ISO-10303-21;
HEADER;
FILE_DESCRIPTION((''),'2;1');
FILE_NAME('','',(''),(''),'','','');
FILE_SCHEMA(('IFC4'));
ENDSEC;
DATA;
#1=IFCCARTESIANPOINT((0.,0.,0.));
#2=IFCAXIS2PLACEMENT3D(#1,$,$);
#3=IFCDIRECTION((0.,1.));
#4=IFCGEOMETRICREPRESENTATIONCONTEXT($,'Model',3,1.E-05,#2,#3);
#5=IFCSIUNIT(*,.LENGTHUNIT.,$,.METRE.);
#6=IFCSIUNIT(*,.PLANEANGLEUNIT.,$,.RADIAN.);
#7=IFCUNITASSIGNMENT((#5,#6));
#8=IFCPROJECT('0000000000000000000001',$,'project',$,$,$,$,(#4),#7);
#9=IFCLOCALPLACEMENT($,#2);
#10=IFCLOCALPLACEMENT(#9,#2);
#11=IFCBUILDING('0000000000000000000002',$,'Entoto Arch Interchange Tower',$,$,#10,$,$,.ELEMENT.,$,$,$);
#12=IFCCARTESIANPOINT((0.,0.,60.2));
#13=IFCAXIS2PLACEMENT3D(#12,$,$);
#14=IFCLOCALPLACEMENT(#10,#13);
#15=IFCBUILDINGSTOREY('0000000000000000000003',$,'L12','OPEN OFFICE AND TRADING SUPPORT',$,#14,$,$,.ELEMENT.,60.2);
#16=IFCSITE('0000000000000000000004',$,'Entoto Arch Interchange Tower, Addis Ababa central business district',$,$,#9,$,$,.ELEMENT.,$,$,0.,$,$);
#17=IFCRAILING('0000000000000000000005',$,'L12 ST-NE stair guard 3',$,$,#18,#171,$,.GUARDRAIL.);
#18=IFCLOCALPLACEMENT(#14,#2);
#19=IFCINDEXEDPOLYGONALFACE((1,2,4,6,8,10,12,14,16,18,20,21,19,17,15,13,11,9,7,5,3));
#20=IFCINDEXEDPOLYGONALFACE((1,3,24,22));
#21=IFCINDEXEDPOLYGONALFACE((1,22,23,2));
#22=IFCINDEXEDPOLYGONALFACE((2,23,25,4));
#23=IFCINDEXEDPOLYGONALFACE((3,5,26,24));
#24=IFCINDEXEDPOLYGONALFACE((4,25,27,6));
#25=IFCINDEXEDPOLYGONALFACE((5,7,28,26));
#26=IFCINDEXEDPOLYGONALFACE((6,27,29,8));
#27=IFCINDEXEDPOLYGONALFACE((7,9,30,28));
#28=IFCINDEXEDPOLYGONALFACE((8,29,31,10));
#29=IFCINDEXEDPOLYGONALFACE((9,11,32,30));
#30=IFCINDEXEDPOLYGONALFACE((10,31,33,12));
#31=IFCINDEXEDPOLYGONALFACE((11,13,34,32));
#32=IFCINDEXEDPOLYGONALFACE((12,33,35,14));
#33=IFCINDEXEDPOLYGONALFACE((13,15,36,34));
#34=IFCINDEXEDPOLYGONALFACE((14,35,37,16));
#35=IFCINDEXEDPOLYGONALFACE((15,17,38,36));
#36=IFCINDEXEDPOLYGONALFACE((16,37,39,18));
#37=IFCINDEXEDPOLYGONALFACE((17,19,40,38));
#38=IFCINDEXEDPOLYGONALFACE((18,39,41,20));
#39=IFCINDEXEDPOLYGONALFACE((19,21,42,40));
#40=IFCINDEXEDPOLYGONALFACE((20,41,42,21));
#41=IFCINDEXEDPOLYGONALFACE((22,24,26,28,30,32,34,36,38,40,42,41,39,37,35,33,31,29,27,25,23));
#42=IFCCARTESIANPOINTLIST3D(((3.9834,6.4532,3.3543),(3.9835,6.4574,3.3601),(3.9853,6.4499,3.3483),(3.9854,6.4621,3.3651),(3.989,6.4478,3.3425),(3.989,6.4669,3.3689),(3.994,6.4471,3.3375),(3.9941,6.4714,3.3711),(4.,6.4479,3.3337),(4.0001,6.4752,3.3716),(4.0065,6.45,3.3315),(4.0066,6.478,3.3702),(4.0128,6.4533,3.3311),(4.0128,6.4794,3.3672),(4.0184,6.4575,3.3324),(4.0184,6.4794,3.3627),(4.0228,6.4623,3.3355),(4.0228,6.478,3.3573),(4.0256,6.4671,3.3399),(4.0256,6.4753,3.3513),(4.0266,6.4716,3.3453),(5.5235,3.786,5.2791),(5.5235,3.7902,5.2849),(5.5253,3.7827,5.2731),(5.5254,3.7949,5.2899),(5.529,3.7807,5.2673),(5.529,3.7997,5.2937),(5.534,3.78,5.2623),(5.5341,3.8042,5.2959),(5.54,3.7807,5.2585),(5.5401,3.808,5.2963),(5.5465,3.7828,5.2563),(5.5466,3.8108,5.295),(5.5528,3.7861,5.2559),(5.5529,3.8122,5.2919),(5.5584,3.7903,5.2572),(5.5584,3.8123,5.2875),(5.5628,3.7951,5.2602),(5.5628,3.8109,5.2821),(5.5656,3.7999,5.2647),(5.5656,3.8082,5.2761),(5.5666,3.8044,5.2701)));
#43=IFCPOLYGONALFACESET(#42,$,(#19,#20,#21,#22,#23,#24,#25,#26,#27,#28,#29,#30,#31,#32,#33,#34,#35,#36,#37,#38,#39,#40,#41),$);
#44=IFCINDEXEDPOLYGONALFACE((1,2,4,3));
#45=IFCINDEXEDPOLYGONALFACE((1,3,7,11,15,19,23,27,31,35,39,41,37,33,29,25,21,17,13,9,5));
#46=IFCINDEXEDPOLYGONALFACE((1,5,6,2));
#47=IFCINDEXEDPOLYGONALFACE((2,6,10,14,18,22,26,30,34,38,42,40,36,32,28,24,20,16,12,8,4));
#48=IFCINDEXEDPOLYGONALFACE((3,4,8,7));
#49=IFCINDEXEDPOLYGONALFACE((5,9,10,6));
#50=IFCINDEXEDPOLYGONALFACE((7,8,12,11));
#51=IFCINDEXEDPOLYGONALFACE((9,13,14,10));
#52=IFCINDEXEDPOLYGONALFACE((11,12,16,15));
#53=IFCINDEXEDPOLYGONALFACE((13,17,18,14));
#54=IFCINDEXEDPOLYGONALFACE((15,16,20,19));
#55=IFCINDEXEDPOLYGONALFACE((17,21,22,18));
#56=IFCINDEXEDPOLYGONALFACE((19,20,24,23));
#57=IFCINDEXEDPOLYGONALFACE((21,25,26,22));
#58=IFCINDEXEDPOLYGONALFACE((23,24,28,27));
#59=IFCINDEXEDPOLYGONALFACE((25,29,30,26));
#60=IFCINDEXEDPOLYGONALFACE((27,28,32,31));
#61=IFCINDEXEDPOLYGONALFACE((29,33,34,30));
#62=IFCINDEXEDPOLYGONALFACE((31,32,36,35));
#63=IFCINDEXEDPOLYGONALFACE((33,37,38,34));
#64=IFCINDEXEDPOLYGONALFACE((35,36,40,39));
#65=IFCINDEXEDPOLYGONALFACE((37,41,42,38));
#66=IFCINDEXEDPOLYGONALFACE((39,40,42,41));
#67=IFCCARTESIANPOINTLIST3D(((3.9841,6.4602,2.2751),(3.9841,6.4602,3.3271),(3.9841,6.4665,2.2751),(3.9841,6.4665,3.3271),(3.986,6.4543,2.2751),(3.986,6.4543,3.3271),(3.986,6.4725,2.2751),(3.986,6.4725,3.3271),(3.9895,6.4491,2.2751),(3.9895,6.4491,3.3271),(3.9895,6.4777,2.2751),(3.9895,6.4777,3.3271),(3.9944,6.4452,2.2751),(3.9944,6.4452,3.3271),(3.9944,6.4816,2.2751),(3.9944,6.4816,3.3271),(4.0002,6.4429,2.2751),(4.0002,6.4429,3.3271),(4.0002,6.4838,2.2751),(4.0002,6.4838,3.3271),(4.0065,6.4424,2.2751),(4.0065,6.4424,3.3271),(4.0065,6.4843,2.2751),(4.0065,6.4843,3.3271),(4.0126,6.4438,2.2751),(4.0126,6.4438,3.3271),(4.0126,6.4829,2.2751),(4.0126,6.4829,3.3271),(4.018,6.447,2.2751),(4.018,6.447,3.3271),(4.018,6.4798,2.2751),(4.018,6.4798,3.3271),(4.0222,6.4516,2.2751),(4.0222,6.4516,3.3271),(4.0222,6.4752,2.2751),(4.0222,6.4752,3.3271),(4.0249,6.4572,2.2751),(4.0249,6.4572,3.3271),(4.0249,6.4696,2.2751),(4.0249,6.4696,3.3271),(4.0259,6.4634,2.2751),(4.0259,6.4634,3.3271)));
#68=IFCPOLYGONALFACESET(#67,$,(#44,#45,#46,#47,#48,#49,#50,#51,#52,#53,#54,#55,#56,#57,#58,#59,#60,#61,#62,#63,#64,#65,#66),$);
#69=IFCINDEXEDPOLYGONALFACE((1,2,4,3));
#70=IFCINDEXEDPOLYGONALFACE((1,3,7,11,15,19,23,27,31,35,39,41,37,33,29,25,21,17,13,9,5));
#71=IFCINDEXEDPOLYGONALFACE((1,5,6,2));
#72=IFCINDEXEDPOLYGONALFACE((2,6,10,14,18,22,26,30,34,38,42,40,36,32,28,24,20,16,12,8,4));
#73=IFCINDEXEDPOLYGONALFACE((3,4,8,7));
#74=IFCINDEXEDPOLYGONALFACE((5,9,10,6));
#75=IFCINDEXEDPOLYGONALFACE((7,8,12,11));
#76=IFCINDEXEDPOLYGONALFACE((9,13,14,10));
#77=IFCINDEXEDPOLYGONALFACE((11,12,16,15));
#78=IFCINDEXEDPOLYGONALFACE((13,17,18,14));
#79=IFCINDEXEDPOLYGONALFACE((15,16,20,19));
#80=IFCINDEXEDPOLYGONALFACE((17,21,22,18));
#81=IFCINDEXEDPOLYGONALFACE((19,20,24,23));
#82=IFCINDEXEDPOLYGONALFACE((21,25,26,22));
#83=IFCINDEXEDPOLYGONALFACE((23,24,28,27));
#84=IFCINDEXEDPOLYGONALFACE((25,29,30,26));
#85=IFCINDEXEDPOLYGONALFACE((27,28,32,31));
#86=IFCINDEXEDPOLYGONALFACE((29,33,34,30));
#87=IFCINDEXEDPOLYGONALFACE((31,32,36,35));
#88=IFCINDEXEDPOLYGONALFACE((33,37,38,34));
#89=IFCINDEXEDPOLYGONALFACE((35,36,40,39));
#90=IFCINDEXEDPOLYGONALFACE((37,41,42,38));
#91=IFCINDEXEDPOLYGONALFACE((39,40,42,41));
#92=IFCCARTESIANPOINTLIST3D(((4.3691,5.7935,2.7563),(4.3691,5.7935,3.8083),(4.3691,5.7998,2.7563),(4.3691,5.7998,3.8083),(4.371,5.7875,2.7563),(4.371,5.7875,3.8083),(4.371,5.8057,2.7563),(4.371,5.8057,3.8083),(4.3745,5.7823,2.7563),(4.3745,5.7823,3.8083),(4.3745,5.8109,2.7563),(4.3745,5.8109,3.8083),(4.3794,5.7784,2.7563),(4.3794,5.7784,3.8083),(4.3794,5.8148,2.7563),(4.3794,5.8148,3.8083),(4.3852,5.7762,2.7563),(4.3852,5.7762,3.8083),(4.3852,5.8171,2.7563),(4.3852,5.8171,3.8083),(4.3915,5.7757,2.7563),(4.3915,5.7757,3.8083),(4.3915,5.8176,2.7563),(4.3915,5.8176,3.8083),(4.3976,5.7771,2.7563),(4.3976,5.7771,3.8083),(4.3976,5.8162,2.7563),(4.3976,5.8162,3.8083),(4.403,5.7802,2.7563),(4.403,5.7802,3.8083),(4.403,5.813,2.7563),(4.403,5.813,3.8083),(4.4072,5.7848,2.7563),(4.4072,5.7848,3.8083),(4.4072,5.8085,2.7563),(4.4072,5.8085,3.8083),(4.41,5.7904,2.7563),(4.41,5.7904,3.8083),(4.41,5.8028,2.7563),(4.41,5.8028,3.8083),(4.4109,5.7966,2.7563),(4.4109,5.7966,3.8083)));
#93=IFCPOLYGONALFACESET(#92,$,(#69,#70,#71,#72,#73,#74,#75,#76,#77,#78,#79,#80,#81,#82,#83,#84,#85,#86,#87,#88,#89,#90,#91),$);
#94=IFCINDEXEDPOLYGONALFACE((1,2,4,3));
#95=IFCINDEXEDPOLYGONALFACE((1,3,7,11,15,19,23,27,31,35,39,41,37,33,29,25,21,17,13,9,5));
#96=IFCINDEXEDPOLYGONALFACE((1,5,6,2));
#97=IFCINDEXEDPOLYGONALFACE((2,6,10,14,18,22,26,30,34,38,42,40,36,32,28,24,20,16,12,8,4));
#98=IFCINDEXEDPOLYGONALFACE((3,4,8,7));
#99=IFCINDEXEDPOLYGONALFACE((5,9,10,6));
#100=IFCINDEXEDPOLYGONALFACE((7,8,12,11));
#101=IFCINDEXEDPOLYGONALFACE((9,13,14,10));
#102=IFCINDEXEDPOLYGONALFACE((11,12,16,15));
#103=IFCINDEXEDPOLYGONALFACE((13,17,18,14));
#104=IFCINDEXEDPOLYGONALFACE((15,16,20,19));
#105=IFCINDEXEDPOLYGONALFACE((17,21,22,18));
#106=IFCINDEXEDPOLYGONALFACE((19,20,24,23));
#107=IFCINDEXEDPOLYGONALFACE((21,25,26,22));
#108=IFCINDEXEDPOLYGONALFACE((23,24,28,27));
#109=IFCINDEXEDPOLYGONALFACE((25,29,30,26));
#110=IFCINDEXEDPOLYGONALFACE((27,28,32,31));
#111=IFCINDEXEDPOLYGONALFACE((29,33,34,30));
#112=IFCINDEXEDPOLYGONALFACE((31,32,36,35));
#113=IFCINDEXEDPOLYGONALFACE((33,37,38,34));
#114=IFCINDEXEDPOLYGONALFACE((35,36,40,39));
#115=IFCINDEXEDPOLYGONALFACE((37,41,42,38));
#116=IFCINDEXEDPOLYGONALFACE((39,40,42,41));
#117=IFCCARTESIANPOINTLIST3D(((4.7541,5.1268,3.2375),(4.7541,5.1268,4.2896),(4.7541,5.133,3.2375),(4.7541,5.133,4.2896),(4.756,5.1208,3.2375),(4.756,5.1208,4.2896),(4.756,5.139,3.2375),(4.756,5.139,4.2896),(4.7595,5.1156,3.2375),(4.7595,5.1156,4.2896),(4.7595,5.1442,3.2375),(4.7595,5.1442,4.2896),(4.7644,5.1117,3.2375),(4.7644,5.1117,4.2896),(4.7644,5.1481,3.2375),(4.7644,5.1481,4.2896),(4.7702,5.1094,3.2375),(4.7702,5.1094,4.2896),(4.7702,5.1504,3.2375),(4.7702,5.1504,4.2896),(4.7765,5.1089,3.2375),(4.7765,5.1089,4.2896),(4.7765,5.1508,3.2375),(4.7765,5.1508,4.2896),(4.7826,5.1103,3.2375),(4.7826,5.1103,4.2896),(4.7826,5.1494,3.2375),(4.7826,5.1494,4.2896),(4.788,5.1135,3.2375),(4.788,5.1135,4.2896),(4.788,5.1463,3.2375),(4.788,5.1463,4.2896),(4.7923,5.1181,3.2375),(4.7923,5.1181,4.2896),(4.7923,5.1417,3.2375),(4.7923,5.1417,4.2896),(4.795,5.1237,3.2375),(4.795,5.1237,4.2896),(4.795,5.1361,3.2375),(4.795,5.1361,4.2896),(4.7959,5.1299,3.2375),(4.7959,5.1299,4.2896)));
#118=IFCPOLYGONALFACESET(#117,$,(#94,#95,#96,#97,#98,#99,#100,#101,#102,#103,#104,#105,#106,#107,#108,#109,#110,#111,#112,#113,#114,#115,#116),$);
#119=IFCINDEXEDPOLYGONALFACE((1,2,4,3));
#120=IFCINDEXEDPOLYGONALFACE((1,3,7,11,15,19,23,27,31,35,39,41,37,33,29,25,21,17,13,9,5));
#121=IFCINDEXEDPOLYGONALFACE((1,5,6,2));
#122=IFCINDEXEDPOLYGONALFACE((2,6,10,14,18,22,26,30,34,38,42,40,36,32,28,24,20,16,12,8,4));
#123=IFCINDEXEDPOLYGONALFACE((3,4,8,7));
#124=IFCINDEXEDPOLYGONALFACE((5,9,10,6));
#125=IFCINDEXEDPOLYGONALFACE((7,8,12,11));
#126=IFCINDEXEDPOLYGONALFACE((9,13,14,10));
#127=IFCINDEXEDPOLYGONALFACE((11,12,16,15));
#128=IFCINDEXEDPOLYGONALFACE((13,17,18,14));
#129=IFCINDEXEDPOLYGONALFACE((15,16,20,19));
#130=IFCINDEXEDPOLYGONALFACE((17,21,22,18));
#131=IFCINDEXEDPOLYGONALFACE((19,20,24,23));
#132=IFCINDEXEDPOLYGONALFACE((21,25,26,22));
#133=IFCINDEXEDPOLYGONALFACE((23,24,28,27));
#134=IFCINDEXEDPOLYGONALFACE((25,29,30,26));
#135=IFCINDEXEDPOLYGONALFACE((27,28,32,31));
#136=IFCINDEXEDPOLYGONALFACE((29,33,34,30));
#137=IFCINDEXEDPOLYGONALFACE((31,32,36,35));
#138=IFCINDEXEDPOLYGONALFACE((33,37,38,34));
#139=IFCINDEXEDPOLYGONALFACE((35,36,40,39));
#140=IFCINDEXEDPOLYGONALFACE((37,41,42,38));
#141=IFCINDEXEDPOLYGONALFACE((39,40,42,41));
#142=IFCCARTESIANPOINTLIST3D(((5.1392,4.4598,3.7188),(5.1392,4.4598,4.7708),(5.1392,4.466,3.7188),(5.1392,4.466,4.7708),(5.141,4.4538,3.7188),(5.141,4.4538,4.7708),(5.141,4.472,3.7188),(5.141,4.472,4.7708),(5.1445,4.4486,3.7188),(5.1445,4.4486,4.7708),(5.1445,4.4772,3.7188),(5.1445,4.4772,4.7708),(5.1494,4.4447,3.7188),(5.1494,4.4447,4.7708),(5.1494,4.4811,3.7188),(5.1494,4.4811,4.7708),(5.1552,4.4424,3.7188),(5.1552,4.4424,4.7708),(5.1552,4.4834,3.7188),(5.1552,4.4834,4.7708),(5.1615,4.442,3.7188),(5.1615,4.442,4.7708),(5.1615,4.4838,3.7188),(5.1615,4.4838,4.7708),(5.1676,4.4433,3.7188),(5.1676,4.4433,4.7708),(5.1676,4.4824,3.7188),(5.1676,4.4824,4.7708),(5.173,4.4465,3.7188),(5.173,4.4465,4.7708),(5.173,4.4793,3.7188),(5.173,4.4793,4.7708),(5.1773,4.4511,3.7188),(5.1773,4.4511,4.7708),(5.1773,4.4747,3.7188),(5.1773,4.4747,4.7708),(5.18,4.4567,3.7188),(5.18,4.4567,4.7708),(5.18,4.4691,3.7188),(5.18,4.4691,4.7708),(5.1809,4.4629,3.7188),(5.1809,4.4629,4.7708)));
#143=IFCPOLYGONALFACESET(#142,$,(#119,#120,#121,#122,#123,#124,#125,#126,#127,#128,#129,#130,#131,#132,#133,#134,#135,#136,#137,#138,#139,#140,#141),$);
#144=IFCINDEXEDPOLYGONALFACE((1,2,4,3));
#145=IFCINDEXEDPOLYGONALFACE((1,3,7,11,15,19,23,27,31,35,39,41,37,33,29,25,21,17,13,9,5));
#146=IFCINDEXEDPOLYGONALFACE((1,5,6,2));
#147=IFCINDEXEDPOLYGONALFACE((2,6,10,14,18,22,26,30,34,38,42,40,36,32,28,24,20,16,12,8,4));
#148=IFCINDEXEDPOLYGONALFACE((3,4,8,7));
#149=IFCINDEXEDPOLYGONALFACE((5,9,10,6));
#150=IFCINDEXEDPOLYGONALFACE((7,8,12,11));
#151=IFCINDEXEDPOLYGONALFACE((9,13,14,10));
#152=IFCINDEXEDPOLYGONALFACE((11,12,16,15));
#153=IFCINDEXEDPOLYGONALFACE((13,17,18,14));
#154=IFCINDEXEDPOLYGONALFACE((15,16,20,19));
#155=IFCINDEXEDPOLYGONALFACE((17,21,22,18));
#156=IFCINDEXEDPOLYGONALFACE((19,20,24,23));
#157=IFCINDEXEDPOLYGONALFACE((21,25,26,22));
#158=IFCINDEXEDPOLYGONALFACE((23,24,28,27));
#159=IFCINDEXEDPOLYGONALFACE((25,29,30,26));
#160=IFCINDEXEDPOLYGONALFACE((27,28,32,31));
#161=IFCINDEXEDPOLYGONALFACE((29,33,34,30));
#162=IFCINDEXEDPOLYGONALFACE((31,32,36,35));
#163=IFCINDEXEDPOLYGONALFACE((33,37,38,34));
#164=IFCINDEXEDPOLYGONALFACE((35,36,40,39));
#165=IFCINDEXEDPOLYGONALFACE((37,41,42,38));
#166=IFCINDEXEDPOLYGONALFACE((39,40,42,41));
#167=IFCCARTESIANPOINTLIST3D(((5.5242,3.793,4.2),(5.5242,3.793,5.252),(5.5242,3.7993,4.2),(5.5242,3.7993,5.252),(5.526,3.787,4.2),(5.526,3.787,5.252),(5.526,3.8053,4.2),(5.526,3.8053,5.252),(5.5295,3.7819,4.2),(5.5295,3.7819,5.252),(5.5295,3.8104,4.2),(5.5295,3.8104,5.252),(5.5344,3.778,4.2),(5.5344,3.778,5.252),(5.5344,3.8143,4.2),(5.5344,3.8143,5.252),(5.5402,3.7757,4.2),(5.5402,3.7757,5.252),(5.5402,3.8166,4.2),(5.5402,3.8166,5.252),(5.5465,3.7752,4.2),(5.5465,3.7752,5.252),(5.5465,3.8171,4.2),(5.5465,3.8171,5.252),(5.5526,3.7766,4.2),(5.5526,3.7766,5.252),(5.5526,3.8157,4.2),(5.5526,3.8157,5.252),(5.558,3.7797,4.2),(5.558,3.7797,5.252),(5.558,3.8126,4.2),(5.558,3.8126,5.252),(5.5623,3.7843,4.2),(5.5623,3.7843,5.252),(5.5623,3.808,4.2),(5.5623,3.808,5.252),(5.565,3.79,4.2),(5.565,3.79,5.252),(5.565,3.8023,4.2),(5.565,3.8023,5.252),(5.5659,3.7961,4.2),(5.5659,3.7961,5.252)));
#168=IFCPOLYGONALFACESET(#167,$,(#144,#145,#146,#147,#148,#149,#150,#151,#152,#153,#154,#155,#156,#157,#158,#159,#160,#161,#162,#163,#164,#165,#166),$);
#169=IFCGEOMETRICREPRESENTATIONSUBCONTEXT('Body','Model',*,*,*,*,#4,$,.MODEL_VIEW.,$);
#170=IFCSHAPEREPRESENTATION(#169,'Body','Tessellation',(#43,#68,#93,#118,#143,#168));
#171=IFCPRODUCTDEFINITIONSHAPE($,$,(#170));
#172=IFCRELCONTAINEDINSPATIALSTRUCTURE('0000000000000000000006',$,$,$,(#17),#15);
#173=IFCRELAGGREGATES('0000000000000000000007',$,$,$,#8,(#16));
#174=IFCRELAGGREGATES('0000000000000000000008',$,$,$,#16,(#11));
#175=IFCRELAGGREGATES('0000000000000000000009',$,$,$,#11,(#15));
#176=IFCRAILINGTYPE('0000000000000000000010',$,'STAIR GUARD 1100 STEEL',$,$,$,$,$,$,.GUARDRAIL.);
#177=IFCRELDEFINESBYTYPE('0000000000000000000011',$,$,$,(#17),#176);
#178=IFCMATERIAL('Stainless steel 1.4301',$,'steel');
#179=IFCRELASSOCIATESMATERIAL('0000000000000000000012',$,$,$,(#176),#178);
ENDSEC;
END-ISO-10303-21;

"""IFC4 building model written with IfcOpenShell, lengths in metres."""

from ifc_helpers import new_model, si_unit, direction, frame, origin, origin_2d, place, context, subcontext, project, spatial, circle, extrude, material, type_object, element, save


model = new_model("IFC4")

# Units and contexts
model_context = context("Model", 3, precision=1e-05, world=origin(), true_north=direction((0.0, 1.0)))
body_context = subcontext(model_context, "Body", "Model", "MODEL_VIEW")
ifc_project = project(units=[si_unit("LENGTHUNIT", "METRE"), si_unit("PLANEANGLEUNIT", "RADIAN")], contexts=[model_context])

# Site, building, storey
site_placement = place(None, origin())
site = spatial("IfcSite", under=ifc_project, at=site_placement, Name="Entoto Arch Interchange Tower, Addis Ababa central business district", CompositionType="ELEMENT", RefElevation=0.0)
building_placement = place(site_placement, origin())
building = spatial("IfcBuilding", under=site, at=building_placement, Name="Entoto Arch Interchange Tower", CompositionType="ELEMENT")
storey_placement = place(building_placement, frame((0.0, 0.0, 60.2)))
storey = spatial("IfcBuildingStorey", under=building, at=storey_placement, Name="L12", Description="OPEN OFFICE AND TRADING SUPPORT", CompositionType="ELEMENT", Elevation=60.2)

# Railing
ifc_material_1 = material(Name="Stainless steel 1.4301", Category="steel")
railing_type_1 = type_object("IfcRailingType", Name="STAIR GUARD 1100 STEEL", PredefinedType="GUARDRAIL", material=ifc_material_1)
railing_1_placement = place(storey_placement, frame((4.0049, 6.4634, 2.2751)))
element("IfcRailing", 1, at=railing_1_placement, inside=storey, type_object=railing_type_1, Name="L12 ST-NE stair guard 3", PredefinedType="GUARDRAIL", context=body_context, shape_type="SweptSolid", body=[
    extrude(circle(Radius=0.0239, at=origin_2d()), frame((0.0, 0.0, 1.0762), z_axis=(0.424031, -0.73439, 0.529971), x_axis=(0.86601, 0.500027, 0.0)), (0.0, 0.0, 1.0), 3.6318),
    extrude(circle(Radius=0.021, at=origin_2d()), origin(), (0.0, 0.0, 1.0), 1.052),
    extrude(circle(Radius=0.021, at=origin_2d()), frame((0.385, -0.6667, 0.4812)), (0.0, 0.0, 1.0), 1.052),
    extrude(circle(Radius=0.021, at=origin_2d()), frame((0.77, -1.3335, 0.9624)), (0.0, 0.0, 1.0), 1.052),
    extrude(circle(Radius=0.021, at=origin_2d()), frame((1.155, -2.0005, 1.4436)), (0.0, 0.0, 1.0), 1.052),
    extrude(circle(Radius=0.021, at=origin_2d()), frame((1.54, -2.6672, 1.9248)), (0.0, 0.0, 1.0), 1.052),
])

save(model, "model.ifc")
